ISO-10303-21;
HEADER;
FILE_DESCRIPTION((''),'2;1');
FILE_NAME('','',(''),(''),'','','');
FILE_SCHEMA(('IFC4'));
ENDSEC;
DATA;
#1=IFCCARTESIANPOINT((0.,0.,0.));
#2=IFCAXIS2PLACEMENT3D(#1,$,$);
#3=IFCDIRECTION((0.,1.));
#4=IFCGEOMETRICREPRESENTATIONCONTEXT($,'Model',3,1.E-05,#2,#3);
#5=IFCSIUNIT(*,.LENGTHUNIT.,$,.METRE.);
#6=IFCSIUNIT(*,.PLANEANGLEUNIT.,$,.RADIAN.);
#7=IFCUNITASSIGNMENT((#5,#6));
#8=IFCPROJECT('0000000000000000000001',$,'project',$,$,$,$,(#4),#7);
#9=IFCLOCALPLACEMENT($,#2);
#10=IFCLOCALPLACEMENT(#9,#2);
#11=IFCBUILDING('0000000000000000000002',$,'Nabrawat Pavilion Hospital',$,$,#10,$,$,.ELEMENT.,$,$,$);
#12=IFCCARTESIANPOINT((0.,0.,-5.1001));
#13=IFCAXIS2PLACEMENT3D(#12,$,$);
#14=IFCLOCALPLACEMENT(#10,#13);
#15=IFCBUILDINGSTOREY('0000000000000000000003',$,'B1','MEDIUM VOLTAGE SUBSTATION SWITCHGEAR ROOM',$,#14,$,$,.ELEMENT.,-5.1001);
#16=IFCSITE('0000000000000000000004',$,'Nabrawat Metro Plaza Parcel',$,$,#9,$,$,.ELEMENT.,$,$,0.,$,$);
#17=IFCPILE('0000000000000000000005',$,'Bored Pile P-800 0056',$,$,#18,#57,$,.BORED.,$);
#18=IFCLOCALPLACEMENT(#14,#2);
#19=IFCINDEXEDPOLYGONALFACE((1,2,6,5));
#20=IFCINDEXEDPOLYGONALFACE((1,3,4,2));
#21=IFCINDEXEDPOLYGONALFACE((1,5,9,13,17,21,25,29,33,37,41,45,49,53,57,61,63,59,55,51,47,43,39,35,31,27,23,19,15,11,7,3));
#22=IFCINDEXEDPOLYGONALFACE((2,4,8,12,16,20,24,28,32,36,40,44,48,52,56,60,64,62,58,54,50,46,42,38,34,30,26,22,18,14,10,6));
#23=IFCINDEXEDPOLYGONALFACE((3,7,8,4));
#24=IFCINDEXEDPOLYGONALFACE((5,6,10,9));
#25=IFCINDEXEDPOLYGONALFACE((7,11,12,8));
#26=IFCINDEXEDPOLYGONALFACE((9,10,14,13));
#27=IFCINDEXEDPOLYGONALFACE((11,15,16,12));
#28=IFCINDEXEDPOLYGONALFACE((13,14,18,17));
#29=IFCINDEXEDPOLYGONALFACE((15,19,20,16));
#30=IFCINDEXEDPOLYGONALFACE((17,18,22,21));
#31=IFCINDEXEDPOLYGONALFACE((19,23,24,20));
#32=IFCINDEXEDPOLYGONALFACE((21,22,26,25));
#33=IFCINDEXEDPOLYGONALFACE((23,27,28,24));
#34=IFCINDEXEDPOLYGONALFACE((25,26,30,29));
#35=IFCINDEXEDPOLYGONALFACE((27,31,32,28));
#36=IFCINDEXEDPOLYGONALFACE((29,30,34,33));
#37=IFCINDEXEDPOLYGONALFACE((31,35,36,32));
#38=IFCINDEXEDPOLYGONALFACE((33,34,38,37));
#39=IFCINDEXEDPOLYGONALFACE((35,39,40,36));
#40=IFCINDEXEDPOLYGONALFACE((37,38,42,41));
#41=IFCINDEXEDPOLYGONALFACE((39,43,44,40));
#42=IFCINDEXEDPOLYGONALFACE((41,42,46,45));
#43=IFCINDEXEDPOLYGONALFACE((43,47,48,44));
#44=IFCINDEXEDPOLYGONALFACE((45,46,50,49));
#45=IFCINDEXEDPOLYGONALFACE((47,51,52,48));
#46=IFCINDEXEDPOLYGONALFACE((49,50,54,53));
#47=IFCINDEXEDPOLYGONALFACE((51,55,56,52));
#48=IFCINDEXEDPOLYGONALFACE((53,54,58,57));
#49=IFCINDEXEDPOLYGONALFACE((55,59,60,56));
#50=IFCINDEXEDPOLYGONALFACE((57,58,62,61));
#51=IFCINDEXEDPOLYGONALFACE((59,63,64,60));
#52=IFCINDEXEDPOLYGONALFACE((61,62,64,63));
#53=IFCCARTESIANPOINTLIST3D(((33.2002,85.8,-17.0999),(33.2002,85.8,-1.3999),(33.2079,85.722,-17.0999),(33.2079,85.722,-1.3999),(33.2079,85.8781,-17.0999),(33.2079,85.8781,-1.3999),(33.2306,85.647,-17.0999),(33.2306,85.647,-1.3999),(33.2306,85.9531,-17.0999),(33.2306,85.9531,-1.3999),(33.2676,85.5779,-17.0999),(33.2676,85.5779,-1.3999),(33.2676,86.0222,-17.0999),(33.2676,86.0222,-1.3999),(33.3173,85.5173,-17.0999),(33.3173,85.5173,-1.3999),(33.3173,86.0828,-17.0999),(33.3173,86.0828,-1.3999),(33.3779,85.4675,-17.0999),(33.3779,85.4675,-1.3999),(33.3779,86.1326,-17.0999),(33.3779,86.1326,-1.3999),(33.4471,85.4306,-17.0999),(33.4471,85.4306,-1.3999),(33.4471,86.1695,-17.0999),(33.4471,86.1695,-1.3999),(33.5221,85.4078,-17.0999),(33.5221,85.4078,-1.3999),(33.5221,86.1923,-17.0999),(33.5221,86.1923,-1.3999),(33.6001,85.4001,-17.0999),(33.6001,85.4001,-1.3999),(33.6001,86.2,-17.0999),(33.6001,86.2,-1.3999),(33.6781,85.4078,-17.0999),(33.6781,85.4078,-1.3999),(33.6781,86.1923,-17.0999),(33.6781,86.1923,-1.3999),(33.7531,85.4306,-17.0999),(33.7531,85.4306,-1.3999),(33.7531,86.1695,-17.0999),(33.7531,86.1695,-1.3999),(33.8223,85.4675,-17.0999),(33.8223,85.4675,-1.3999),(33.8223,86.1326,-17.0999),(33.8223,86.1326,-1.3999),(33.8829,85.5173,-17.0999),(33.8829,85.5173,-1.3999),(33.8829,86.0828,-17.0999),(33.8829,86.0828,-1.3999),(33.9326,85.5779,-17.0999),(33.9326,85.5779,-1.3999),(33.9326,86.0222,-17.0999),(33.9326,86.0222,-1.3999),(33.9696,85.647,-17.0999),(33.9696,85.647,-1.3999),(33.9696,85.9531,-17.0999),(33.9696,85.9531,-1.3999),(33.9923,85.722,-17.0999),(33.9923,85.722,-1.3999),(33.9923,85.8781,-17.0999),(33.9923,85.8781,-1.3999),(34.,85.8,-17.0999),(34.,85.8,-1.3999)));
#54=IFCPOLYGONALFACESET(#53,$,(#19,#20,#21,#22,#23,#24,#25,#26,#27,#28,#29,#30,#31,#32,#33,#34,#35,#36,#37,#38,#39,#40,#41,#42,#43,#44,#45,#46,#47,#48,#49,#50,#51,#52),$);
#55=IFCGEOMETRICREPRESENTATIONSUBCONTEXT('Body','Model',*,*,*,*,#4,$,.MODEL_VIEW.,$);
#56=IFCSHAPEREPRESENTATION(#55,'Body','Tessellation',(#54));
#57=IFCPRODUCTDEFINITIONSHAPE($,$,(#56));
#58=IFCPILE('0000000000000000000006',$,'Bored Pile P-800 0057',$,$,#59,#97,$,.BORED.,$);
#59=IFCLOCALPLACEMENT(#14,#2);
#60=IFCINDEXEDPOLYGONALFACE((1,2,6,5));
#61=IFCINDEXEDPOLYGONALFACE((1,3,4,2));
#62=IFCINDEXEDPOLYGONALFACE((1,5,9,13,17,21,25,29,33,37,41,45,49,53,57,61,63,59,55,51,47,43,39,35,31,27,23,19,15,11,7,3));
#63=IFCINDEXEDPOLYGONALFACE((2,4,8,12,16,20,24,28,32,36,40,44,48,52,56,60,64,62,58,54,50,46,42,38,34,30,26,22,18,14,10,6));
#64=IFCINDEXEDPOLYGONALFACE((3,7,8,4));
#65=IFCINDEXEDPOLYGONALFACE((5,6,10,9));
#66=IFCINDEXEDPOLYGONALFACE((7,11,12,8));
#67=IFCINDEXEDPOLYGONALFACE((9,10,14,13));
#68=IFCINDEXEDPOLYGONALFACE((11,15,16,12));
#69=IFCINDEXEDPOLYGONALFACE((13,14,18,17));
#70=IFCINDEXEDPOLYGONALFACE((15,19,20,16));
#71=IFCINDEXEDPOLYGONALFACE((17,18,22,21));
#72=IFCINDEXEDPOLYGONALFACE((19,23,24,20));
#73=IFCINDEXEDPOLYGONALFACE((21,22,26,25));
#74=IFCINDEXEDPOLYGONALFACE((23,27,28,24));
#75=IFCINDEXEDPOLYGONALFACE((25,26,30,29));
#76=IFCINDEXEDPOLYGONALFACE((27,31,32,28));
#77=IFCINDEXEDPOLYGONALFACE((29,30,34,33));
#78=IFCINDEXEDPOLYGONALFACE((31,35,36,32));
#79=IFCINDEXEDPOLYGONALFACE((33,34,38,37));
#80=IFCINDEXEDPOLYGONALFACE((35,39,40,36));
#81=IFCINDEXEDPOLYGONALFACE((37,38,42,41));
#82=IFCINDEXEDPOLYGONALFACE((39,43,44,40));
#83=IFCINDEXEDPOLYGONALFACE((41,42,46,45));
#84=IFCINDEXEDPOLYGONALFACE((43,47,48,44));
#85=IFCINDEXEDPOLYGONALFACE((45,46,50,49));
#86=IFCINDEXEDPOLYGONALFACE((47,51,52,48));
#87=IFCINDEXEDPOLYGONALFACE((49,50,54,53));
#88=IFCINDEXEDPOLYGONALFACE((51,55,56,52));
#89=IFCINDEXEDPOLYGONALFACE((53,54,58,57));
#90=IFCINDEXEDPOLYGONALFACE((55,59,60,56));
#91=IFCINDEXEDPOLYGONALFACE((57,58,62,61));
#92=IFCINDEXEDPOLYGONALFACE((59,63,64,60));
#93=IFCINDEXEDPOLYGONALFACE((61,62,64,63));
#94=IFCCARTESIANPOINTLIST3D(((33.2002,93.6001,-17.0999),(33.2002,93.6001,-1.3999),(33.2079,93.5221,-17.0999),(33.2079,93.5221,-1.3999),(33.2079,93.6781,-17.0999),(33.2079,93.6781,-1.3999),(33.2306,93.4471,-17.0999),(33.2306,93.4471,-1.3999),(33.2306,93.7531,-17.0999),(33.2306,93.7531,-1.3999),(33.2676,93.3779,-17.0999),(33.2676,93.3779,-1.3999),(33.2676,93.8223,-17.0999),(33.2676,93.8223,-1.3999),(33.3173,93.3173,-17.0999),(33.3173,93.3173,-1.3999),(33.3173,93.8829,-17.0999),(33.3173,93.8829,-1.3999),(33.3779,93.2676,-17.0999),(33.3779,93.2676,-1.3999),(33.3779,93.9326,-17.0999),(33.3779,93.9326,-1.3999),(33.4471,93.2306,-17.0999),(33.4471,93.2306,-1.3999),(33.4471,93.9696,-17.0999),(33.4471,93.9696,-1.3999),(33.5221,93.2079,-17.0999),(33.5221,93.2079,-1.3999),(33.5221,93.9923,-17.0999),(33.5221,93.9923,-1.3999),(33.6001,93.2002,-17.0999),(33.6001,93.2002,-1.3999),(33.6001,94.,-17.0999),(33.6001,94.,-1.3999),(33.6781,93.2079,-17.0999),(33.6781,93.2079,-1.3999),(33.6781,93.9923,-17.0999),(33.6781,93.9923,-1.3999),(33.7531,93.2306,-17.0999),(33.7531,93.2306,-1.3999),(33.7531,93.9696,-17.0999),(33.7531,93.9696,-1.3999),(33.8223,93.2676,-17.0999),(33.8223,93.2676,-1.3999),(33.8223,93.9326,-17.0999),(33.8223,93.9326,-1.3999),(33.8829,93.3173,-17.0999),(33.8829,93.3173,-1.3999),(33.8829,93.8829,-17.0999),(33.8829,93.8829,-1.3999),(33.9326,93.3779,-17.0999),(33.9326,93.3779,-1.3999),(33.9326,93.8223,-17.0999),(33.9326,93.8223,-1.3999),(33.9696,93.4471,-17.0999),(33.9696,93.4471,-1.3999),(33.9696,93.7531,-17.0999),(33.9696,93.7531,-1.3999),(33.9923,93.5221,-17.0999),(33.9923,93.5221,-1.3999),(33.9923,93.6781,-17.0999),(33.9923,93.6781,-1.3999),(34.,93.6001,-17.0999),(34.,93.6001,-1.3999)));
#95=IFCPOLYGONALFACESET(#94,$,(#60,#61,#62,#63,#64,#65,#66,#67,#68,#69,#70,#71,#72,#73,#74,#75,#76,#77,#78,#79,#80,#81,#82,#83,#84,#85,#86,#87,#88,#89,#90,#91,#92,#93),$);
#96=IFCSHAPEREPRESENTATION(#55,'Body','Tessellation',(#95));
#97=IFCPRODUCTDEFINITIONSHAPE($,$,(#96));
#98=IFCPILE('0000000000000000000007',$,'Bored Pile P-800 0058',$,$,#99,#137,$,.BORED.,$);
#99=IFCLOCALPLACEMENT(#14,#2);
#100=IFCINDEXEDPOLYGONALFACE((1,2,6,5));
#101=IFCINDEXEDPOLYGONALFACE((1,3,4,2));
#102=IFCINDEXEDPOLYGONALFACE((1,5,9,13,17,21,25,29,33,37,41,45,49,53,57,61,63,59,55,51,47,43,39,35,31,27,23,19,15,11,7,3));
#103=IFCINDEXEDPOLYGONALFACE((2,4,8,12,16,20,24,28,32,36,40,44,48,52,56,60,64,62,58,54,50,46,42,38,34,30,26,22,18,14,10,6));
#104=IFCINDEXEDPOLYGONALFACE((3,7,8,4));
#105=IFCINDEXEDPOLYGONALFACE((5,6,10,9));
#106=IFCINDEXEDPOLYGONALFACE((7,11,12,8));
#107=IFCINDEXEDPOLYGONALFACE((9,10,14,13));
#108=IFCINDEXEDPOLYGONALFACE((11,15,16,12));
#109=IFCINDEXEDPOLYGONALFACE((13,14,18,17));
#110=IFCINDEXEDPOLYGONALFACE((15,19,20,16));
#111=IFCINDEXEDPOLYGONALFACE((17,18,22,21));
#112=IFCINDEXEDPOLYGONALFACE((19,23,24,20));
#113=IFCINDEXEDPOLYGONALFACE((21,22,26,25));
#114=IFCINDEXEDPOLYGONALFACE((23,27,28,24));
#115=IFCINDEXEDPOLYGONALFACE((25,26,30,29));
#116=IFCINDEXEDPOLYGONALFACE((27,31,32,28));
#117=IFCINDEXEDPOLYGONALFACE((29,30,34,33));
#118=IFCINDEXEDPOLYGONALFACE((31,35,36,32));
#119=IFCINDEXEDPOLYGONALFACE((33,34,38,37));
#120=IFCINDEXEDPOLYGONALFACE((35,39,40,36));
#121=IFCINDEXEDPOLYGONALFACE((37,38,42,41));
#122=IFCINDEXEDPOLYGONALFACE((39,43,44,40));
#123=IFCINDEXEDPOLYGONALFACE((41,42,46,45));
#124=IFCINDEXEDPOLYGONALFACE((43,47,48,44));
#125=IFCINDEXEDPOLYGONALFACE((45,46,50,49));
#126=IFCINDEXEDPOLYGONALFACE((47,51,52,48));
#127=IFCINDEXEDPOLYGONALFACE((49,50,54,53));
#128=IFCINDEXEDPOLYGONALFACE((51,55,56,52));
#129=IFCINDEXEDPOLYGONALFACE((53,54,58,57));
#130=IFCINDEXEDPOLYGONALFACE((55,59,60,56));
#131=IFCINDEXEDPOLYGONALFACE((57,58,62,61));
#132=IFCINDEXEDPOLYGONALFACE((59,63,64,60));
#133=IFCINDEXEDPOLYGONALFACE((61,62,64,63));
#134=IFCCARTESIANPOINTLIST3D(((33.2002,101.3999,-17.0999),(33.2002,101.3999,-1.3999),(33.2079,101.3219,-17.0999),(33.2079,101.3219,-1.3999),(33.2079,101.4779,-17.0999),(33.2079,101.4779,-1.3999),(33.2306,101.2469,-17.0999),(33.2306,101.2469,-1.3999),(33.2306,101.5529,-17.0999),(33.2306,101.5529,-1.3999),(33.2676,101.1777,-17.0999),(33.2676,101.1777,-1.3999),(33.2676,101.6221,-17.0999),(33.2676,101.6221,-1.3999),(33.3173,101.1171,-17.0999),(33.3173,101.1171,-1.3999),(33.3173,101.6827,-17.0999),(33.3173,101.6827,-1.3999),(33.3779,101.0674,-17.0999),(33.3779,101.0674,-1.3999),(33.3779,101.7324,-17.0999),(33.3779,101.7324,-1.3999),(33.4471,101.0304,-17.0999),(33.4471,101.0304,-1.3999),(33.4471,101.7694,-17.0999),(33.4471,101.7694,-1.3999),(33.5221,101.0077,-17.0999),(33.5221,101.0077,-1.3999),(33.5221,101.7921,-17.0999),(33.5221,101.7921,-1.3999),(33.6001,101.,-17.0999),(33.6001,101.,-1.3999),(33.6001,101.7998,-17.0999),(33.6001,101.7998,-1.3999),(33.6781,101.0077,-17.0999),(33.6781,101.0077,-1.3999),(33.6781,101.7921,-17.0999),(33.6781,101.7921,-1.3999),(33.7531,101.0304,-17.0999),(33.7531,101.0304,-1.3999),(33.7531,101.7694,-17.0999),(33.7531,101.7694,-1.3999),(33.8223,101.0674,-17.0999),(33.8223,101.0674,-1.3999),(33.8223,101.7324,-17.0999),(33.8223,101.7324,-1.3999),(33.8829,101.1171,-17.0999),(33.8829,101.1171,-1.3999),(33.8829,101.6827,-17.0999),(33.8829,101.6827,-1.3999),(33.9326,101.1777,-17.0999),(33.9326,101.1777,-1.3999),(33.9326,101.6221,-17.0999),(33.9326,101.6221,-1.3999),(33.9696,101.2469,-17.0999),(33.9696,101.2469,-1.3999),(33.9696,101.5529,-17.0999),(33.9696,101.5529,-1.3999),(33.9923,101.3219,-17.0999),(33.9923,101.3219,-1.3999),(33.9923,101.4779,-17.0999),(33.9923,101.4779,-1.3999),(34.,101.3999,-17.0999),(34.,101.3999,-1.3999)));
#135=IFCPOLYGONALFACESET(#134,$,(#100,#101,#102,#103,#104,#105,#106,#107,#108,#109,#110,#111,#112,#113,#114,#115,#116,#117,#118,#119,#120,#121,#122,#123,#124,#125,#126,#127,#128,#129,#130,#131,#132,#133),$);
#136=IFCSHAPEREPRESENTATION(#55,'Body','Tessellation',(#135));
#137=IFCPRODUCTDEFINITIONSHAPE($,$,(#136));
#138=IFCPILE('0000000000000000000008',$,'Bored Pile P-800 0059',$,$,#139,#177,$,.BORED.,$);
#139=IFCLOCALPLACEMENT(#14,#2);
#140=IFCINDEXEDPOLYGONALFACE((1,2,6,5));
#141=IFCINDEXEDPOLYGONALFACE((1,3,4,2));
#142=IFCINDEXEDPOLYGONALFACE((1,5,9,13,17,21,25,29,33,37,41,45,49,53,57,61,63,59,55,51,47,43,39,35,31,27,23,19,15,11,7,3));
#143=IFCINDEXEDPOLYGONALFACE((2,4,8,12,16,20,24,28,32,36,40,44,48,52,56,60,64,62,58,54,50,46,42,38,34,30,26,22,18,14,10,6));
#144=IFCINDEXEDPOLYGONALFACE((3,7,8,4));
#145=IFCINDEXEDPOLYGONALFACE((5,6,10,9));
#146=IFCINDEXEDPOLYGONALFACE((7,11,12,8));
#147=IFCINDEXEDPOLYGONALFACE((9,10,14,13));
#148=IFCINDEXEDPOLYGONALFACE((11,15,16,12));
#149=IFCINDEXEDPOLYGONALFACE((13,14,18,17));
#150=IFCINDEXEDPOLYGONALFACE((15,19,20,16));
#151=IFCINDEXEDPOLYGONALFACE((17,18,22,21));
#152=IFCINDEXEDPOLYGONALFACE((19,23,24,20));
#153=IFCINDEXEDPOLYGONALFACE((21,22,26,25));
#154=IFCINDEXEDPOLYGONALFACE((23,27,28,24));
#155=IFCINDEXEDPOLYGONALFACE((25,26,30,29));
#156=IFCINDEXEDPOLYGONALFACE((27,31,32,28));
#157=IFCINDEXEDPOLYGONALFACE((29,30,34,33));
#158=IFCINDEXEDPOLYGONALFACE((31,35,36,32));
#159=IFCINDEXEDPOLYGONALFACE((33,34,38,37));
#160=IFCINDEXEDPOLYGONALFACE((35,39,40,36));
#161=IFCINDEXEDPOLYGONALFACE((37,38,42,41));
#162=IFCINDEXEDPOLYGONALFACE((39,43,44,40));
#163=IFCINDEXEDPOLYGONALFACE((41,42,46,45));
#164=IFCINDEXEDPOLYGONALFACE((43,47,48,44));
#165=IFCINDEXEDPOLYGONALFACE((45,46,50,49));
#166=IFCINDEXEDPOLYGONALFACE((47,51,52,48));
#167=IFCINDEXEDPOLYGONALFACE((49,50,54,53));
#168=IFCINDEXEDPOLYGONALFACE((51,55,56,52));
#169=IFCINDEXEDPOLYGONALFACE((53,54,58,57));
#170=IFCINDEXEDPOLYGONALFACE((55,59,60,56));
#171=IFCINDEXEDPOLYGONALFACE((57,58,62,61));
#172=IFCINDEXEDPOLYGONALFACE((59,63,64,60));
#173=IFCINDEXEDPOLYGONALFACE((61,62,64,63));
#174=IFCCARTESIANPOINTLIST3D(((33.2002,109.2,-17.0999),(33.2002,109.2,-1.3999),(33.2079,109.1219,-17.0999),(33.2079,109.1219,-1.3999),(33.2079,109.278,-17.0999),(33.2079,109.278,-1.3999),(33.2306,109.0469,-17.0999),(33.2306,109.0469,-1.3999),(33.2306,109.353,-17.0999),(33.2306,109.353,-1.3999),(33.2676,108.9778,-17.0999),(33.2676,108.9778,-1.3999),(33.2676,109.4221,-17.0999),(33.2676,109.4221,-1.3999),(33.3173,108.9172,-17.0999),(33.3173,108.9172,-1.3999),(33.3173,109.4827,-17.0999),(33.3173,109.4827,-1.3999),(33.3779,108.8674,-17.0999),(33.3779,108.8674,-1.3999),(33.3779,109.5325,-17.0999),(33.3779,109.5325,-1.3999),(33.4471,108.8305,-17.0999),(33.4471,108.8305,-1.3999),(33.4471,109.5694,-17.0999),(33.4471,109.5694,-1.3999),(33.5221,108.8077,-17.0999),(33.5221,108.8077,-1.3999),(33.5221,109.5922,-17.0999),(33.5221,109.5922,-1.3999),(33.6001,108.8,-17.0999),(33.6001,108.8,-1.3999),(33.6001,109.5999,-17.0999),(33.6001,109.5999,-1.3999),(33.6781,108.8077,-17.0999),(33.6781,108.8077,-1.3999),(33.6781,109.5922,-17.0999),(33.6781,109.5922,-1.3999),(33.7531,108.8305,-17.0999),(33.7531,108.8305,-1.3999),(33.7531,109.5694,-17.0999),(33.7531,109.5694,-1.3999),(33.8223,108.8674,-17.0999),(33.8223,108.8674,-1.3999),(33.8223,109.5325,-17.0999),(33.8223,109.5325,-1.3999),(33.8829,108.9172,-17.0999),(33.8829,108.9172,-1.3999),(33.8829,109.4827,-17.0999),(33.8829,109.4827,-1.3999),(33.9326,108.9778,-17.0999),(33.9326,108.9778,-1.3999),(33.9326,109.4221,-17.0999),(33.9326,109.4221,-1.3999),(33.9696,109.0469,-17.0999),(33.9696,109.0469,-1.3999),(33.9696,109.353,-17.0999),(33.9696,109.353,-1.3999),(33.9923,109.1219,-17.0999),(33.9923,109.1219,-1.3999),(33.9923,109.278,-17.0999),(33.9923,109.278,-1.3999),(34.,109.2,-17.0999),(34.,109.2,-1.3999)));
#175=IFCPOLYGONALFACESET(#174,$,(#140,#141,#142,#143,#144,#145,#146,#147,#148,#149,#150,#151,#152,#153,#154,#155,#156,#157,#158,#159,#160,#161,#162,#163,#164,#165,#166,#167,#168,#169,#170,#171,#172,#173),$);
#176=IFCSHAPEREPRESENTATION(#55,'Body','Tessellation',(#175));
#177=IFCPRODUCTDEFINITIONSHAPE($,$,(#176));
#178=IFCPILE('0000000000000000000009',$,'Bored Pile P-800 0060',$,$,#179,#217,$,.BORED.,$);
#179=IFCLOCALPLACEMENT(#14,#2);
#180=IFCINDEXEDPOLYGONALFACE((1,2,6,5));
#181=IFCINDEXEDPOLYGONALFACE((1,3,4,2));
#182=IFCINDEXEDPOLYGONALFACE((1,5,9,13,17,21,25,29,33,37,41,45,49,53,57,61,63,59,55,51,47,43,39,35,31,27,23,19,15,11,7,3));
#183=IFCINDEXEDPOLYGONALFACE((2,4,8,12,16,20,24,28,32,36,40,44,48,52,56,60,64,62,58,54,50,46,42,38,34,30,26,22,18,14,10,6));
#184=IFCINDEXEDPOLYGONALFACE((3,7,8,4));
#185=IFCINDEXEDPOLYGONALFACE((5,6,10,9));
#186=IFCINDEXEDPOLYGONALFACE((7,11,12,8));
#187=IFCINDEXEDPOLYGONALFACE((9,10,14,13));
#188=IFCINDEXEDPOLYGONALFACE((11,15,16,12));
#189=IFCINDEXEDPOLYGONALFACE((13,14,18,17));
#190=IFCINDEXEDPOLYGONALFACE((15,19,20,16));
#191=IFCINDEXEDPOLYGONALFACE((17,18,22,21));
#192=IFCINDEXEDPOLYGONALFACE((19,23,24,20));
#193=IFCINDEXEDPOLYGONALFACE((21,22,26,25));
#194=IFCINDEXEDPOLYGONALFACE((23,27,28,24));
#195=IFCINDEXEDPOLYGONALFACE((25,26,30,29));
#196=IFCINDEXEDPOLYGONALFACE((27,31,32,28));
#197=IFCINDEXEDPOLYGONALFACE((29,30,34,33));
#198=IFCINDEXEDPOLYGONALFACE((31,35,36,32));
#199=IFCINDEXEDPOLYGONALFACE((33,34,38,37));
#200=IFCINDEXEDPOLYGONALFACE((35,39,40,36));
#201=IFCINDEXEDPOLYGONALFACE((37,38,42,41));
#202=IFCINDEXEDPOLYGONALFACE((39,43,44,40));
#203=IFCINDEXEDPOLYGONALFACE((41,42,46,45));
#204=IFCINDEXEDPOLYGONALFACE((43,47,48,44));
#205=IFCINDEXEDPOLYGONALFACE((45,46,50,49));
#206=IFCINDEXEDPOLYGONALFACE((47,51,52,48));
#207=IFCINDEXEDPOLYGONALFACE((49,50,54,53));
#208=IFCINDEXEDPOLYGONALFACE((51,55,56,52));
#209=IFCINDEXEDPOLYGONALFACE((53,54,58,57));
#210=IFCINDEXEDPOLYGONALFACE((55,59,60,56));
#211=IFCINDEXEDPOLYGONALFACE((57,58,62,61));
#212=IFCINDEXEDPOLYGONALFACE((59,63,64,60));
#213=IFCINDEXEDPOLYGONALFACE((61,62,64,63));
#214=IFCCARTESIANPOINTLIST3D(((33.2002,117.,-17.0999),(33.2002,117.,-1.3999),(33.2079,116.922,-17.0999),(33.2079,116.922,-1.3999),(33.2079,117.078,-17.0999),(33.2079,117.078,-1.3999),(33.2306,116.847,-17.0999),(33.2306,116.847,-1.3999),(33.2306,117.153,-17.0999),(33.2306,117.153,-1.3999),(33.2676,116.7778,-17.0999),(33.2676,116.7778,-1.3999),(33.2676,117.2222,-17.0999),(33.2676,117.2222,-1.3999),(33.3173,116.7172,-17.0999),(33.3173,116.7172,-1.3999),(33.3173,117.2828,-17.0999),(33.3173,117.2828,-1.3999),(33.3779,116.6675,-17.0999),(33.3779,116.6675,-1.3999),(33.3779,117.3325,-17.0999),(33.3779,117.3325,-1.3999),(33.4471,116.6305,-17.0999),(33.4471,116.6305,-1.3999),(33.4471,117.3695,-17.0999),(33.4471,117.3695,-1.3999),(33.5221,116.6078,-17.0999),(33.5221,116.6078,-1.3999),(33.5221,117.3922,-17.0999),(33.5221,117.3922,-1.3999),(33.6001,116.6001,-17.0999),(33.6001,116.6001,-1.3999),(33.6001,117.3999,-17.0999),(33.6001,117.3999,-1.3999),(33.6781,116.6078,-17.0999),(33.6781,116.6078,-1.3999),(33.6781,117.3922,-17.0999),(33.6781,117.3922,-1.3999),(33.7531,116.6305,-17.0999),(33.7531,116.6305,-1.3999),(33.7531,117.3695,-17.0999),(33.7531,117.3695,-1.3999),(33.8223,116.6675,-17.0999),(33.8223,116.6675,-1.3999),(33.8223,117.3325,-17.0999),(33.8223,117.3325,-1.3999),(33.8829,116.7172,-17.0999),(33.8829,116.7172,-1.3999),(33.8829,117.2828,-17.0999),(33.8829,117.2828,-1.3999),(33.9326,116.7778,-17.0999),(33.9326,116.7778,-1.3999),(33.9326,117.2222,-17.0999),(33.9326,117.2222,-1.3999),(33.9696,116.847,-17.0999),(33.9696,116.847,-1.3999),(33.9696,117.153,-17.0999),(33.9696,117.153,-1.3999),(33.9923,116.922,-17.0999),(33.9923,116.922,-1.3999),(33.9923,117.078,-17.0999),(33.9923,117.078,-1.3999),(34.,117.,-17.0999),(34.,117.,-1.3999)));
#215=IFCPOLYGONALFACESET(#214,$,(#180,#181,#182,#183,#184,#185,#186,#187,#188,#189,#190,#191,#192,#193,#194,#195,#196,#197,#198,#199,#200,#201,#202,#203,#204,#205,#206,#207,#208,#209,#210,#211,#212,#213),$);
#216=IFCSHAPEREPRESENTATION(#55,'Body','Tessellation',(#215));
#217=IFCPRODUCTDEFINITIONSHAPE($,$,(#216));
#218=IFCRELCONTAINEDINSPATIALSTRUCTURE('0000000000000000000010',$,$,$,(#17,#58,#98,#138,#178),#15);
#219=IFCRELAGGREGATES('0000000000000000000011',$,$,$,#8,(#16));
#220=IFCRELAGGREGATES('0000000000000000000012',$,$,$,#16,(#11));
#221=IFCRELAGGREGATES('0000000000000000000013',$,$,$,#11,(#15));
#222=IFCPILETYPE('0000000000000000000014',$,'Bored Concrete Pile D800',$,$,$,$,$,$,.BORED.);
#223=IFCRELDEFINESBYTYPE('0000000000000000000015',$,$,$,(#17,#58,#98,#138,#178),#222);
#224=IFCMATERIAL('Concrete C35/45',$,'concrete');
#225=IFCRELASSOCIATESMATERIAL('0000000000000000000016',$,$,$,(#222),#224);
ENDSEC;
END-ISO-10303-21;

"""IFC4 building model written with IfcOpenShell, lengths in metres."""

from ifc_helpers import new_model, si_unit, direction, frame, origin, origin_2d, place, context, subcontext, project, spatial, circle, extrude, material, material_profile, profile_set, type_object, element, save


model = new_model("IFC4")

# Units and contexts
model_context = context("Model", 3, precision=1e-05, world=origin(), true_north=direction((0.0, 1.0)))
body_context = subcontext(model_context, "Body", "Model", "MODEL_VIEW")
ifc_project = project(units=[si_unit("LENGTHUNIT", "METRE"), si_unit("PLANEANGLEUNIT", "RADIAN")], contexts=[model_context])

# Site, building, storey
site_placement = place(None, origin())
site = spatial("IfcSite", under=ifc_project, at=site_placement, Name="Nabrawat Metro Plaza Parcel", CompositionType="ELEMENT", RefElevation=0.0)
building_placement = place(site_placement, origin())
building = spatial("IfcBuilding", under=site, at=building_placement, Name="Nabrawat Pavilion Hospital", CompositionType="ELEMENT")
storey_placement = place(building_placement, frame((0.0, 0.0, -5.1001)))
storey = spatial("IfcBuildingStorey", under=building, at=storey_placement, Name="B1", Description="MEDIUM VOLTAGE SUBSTATION SWITCHGEAR ROOM", CompositionType="ELEMENT", Elevation=-5.1001)

# Piles
ifc_material_1 = material(Name="Concrete C35/45", Category="concrete")
ifc_material_profile_1 = material_profile(ifc_material_1, circle(Radius=0.3999, at=origin_2d()), Name="DIA 800")
ifc_profile_set_1 = profile_set([ifc_material_profile_1], Name="Concrete C35/45")
pile_type = type_object("IfcPileType", Name="Bored Concrete Pile D800", PredefinedType="BORED", material=ifc_profile_set_1)
for number, where, z_axis, x_axis, name in (
    (1, (33.6001, 85.8, -1.3999), (0.0, 0.0, -1.0), (1.0, 0.0, 0.0), "Bored Pile P-800 0056"),
    (2, (33.6001, 93.6001, -1.3999), (0.0, 0.0, -1.0), (1.0, 0.0, 0.0), "Bored Pile P-800 0057"),
    (3, (33.6001, 101.3999, -1.3999), (0.0, 0.0, -1.0), (1.0, 0.0, 0.0), "Bored Pile P-800 0058"),
    (4, (33.6001, 109.2, -1.3999), (0.0, 0.0, -1.0), (1.0, 0.0, 0.0), "Bored Pile P-800 0059"),
    (5, (33.6001, 117.0, -1.3999), (0.0, 0.0, -1.0), (1.0, 0.0, 0.0), "Bored Pile P-800 0060"),
):
    element("IfcPile", number, at=place(storey_placement, frame(where, z_axis=z_axis, x_axis=x_axis)), inside=storey, type_object=pile_type, Name=name, PredefinedType="BORED", context=body_context, shape_type="SweptSolid", body=[
        extrude(circle(Radius=0.3999, at=origin_2d()), origin(), (0.0, 0.0, 1.0), 15.7),
    ])

save(model, "model.ifc")
